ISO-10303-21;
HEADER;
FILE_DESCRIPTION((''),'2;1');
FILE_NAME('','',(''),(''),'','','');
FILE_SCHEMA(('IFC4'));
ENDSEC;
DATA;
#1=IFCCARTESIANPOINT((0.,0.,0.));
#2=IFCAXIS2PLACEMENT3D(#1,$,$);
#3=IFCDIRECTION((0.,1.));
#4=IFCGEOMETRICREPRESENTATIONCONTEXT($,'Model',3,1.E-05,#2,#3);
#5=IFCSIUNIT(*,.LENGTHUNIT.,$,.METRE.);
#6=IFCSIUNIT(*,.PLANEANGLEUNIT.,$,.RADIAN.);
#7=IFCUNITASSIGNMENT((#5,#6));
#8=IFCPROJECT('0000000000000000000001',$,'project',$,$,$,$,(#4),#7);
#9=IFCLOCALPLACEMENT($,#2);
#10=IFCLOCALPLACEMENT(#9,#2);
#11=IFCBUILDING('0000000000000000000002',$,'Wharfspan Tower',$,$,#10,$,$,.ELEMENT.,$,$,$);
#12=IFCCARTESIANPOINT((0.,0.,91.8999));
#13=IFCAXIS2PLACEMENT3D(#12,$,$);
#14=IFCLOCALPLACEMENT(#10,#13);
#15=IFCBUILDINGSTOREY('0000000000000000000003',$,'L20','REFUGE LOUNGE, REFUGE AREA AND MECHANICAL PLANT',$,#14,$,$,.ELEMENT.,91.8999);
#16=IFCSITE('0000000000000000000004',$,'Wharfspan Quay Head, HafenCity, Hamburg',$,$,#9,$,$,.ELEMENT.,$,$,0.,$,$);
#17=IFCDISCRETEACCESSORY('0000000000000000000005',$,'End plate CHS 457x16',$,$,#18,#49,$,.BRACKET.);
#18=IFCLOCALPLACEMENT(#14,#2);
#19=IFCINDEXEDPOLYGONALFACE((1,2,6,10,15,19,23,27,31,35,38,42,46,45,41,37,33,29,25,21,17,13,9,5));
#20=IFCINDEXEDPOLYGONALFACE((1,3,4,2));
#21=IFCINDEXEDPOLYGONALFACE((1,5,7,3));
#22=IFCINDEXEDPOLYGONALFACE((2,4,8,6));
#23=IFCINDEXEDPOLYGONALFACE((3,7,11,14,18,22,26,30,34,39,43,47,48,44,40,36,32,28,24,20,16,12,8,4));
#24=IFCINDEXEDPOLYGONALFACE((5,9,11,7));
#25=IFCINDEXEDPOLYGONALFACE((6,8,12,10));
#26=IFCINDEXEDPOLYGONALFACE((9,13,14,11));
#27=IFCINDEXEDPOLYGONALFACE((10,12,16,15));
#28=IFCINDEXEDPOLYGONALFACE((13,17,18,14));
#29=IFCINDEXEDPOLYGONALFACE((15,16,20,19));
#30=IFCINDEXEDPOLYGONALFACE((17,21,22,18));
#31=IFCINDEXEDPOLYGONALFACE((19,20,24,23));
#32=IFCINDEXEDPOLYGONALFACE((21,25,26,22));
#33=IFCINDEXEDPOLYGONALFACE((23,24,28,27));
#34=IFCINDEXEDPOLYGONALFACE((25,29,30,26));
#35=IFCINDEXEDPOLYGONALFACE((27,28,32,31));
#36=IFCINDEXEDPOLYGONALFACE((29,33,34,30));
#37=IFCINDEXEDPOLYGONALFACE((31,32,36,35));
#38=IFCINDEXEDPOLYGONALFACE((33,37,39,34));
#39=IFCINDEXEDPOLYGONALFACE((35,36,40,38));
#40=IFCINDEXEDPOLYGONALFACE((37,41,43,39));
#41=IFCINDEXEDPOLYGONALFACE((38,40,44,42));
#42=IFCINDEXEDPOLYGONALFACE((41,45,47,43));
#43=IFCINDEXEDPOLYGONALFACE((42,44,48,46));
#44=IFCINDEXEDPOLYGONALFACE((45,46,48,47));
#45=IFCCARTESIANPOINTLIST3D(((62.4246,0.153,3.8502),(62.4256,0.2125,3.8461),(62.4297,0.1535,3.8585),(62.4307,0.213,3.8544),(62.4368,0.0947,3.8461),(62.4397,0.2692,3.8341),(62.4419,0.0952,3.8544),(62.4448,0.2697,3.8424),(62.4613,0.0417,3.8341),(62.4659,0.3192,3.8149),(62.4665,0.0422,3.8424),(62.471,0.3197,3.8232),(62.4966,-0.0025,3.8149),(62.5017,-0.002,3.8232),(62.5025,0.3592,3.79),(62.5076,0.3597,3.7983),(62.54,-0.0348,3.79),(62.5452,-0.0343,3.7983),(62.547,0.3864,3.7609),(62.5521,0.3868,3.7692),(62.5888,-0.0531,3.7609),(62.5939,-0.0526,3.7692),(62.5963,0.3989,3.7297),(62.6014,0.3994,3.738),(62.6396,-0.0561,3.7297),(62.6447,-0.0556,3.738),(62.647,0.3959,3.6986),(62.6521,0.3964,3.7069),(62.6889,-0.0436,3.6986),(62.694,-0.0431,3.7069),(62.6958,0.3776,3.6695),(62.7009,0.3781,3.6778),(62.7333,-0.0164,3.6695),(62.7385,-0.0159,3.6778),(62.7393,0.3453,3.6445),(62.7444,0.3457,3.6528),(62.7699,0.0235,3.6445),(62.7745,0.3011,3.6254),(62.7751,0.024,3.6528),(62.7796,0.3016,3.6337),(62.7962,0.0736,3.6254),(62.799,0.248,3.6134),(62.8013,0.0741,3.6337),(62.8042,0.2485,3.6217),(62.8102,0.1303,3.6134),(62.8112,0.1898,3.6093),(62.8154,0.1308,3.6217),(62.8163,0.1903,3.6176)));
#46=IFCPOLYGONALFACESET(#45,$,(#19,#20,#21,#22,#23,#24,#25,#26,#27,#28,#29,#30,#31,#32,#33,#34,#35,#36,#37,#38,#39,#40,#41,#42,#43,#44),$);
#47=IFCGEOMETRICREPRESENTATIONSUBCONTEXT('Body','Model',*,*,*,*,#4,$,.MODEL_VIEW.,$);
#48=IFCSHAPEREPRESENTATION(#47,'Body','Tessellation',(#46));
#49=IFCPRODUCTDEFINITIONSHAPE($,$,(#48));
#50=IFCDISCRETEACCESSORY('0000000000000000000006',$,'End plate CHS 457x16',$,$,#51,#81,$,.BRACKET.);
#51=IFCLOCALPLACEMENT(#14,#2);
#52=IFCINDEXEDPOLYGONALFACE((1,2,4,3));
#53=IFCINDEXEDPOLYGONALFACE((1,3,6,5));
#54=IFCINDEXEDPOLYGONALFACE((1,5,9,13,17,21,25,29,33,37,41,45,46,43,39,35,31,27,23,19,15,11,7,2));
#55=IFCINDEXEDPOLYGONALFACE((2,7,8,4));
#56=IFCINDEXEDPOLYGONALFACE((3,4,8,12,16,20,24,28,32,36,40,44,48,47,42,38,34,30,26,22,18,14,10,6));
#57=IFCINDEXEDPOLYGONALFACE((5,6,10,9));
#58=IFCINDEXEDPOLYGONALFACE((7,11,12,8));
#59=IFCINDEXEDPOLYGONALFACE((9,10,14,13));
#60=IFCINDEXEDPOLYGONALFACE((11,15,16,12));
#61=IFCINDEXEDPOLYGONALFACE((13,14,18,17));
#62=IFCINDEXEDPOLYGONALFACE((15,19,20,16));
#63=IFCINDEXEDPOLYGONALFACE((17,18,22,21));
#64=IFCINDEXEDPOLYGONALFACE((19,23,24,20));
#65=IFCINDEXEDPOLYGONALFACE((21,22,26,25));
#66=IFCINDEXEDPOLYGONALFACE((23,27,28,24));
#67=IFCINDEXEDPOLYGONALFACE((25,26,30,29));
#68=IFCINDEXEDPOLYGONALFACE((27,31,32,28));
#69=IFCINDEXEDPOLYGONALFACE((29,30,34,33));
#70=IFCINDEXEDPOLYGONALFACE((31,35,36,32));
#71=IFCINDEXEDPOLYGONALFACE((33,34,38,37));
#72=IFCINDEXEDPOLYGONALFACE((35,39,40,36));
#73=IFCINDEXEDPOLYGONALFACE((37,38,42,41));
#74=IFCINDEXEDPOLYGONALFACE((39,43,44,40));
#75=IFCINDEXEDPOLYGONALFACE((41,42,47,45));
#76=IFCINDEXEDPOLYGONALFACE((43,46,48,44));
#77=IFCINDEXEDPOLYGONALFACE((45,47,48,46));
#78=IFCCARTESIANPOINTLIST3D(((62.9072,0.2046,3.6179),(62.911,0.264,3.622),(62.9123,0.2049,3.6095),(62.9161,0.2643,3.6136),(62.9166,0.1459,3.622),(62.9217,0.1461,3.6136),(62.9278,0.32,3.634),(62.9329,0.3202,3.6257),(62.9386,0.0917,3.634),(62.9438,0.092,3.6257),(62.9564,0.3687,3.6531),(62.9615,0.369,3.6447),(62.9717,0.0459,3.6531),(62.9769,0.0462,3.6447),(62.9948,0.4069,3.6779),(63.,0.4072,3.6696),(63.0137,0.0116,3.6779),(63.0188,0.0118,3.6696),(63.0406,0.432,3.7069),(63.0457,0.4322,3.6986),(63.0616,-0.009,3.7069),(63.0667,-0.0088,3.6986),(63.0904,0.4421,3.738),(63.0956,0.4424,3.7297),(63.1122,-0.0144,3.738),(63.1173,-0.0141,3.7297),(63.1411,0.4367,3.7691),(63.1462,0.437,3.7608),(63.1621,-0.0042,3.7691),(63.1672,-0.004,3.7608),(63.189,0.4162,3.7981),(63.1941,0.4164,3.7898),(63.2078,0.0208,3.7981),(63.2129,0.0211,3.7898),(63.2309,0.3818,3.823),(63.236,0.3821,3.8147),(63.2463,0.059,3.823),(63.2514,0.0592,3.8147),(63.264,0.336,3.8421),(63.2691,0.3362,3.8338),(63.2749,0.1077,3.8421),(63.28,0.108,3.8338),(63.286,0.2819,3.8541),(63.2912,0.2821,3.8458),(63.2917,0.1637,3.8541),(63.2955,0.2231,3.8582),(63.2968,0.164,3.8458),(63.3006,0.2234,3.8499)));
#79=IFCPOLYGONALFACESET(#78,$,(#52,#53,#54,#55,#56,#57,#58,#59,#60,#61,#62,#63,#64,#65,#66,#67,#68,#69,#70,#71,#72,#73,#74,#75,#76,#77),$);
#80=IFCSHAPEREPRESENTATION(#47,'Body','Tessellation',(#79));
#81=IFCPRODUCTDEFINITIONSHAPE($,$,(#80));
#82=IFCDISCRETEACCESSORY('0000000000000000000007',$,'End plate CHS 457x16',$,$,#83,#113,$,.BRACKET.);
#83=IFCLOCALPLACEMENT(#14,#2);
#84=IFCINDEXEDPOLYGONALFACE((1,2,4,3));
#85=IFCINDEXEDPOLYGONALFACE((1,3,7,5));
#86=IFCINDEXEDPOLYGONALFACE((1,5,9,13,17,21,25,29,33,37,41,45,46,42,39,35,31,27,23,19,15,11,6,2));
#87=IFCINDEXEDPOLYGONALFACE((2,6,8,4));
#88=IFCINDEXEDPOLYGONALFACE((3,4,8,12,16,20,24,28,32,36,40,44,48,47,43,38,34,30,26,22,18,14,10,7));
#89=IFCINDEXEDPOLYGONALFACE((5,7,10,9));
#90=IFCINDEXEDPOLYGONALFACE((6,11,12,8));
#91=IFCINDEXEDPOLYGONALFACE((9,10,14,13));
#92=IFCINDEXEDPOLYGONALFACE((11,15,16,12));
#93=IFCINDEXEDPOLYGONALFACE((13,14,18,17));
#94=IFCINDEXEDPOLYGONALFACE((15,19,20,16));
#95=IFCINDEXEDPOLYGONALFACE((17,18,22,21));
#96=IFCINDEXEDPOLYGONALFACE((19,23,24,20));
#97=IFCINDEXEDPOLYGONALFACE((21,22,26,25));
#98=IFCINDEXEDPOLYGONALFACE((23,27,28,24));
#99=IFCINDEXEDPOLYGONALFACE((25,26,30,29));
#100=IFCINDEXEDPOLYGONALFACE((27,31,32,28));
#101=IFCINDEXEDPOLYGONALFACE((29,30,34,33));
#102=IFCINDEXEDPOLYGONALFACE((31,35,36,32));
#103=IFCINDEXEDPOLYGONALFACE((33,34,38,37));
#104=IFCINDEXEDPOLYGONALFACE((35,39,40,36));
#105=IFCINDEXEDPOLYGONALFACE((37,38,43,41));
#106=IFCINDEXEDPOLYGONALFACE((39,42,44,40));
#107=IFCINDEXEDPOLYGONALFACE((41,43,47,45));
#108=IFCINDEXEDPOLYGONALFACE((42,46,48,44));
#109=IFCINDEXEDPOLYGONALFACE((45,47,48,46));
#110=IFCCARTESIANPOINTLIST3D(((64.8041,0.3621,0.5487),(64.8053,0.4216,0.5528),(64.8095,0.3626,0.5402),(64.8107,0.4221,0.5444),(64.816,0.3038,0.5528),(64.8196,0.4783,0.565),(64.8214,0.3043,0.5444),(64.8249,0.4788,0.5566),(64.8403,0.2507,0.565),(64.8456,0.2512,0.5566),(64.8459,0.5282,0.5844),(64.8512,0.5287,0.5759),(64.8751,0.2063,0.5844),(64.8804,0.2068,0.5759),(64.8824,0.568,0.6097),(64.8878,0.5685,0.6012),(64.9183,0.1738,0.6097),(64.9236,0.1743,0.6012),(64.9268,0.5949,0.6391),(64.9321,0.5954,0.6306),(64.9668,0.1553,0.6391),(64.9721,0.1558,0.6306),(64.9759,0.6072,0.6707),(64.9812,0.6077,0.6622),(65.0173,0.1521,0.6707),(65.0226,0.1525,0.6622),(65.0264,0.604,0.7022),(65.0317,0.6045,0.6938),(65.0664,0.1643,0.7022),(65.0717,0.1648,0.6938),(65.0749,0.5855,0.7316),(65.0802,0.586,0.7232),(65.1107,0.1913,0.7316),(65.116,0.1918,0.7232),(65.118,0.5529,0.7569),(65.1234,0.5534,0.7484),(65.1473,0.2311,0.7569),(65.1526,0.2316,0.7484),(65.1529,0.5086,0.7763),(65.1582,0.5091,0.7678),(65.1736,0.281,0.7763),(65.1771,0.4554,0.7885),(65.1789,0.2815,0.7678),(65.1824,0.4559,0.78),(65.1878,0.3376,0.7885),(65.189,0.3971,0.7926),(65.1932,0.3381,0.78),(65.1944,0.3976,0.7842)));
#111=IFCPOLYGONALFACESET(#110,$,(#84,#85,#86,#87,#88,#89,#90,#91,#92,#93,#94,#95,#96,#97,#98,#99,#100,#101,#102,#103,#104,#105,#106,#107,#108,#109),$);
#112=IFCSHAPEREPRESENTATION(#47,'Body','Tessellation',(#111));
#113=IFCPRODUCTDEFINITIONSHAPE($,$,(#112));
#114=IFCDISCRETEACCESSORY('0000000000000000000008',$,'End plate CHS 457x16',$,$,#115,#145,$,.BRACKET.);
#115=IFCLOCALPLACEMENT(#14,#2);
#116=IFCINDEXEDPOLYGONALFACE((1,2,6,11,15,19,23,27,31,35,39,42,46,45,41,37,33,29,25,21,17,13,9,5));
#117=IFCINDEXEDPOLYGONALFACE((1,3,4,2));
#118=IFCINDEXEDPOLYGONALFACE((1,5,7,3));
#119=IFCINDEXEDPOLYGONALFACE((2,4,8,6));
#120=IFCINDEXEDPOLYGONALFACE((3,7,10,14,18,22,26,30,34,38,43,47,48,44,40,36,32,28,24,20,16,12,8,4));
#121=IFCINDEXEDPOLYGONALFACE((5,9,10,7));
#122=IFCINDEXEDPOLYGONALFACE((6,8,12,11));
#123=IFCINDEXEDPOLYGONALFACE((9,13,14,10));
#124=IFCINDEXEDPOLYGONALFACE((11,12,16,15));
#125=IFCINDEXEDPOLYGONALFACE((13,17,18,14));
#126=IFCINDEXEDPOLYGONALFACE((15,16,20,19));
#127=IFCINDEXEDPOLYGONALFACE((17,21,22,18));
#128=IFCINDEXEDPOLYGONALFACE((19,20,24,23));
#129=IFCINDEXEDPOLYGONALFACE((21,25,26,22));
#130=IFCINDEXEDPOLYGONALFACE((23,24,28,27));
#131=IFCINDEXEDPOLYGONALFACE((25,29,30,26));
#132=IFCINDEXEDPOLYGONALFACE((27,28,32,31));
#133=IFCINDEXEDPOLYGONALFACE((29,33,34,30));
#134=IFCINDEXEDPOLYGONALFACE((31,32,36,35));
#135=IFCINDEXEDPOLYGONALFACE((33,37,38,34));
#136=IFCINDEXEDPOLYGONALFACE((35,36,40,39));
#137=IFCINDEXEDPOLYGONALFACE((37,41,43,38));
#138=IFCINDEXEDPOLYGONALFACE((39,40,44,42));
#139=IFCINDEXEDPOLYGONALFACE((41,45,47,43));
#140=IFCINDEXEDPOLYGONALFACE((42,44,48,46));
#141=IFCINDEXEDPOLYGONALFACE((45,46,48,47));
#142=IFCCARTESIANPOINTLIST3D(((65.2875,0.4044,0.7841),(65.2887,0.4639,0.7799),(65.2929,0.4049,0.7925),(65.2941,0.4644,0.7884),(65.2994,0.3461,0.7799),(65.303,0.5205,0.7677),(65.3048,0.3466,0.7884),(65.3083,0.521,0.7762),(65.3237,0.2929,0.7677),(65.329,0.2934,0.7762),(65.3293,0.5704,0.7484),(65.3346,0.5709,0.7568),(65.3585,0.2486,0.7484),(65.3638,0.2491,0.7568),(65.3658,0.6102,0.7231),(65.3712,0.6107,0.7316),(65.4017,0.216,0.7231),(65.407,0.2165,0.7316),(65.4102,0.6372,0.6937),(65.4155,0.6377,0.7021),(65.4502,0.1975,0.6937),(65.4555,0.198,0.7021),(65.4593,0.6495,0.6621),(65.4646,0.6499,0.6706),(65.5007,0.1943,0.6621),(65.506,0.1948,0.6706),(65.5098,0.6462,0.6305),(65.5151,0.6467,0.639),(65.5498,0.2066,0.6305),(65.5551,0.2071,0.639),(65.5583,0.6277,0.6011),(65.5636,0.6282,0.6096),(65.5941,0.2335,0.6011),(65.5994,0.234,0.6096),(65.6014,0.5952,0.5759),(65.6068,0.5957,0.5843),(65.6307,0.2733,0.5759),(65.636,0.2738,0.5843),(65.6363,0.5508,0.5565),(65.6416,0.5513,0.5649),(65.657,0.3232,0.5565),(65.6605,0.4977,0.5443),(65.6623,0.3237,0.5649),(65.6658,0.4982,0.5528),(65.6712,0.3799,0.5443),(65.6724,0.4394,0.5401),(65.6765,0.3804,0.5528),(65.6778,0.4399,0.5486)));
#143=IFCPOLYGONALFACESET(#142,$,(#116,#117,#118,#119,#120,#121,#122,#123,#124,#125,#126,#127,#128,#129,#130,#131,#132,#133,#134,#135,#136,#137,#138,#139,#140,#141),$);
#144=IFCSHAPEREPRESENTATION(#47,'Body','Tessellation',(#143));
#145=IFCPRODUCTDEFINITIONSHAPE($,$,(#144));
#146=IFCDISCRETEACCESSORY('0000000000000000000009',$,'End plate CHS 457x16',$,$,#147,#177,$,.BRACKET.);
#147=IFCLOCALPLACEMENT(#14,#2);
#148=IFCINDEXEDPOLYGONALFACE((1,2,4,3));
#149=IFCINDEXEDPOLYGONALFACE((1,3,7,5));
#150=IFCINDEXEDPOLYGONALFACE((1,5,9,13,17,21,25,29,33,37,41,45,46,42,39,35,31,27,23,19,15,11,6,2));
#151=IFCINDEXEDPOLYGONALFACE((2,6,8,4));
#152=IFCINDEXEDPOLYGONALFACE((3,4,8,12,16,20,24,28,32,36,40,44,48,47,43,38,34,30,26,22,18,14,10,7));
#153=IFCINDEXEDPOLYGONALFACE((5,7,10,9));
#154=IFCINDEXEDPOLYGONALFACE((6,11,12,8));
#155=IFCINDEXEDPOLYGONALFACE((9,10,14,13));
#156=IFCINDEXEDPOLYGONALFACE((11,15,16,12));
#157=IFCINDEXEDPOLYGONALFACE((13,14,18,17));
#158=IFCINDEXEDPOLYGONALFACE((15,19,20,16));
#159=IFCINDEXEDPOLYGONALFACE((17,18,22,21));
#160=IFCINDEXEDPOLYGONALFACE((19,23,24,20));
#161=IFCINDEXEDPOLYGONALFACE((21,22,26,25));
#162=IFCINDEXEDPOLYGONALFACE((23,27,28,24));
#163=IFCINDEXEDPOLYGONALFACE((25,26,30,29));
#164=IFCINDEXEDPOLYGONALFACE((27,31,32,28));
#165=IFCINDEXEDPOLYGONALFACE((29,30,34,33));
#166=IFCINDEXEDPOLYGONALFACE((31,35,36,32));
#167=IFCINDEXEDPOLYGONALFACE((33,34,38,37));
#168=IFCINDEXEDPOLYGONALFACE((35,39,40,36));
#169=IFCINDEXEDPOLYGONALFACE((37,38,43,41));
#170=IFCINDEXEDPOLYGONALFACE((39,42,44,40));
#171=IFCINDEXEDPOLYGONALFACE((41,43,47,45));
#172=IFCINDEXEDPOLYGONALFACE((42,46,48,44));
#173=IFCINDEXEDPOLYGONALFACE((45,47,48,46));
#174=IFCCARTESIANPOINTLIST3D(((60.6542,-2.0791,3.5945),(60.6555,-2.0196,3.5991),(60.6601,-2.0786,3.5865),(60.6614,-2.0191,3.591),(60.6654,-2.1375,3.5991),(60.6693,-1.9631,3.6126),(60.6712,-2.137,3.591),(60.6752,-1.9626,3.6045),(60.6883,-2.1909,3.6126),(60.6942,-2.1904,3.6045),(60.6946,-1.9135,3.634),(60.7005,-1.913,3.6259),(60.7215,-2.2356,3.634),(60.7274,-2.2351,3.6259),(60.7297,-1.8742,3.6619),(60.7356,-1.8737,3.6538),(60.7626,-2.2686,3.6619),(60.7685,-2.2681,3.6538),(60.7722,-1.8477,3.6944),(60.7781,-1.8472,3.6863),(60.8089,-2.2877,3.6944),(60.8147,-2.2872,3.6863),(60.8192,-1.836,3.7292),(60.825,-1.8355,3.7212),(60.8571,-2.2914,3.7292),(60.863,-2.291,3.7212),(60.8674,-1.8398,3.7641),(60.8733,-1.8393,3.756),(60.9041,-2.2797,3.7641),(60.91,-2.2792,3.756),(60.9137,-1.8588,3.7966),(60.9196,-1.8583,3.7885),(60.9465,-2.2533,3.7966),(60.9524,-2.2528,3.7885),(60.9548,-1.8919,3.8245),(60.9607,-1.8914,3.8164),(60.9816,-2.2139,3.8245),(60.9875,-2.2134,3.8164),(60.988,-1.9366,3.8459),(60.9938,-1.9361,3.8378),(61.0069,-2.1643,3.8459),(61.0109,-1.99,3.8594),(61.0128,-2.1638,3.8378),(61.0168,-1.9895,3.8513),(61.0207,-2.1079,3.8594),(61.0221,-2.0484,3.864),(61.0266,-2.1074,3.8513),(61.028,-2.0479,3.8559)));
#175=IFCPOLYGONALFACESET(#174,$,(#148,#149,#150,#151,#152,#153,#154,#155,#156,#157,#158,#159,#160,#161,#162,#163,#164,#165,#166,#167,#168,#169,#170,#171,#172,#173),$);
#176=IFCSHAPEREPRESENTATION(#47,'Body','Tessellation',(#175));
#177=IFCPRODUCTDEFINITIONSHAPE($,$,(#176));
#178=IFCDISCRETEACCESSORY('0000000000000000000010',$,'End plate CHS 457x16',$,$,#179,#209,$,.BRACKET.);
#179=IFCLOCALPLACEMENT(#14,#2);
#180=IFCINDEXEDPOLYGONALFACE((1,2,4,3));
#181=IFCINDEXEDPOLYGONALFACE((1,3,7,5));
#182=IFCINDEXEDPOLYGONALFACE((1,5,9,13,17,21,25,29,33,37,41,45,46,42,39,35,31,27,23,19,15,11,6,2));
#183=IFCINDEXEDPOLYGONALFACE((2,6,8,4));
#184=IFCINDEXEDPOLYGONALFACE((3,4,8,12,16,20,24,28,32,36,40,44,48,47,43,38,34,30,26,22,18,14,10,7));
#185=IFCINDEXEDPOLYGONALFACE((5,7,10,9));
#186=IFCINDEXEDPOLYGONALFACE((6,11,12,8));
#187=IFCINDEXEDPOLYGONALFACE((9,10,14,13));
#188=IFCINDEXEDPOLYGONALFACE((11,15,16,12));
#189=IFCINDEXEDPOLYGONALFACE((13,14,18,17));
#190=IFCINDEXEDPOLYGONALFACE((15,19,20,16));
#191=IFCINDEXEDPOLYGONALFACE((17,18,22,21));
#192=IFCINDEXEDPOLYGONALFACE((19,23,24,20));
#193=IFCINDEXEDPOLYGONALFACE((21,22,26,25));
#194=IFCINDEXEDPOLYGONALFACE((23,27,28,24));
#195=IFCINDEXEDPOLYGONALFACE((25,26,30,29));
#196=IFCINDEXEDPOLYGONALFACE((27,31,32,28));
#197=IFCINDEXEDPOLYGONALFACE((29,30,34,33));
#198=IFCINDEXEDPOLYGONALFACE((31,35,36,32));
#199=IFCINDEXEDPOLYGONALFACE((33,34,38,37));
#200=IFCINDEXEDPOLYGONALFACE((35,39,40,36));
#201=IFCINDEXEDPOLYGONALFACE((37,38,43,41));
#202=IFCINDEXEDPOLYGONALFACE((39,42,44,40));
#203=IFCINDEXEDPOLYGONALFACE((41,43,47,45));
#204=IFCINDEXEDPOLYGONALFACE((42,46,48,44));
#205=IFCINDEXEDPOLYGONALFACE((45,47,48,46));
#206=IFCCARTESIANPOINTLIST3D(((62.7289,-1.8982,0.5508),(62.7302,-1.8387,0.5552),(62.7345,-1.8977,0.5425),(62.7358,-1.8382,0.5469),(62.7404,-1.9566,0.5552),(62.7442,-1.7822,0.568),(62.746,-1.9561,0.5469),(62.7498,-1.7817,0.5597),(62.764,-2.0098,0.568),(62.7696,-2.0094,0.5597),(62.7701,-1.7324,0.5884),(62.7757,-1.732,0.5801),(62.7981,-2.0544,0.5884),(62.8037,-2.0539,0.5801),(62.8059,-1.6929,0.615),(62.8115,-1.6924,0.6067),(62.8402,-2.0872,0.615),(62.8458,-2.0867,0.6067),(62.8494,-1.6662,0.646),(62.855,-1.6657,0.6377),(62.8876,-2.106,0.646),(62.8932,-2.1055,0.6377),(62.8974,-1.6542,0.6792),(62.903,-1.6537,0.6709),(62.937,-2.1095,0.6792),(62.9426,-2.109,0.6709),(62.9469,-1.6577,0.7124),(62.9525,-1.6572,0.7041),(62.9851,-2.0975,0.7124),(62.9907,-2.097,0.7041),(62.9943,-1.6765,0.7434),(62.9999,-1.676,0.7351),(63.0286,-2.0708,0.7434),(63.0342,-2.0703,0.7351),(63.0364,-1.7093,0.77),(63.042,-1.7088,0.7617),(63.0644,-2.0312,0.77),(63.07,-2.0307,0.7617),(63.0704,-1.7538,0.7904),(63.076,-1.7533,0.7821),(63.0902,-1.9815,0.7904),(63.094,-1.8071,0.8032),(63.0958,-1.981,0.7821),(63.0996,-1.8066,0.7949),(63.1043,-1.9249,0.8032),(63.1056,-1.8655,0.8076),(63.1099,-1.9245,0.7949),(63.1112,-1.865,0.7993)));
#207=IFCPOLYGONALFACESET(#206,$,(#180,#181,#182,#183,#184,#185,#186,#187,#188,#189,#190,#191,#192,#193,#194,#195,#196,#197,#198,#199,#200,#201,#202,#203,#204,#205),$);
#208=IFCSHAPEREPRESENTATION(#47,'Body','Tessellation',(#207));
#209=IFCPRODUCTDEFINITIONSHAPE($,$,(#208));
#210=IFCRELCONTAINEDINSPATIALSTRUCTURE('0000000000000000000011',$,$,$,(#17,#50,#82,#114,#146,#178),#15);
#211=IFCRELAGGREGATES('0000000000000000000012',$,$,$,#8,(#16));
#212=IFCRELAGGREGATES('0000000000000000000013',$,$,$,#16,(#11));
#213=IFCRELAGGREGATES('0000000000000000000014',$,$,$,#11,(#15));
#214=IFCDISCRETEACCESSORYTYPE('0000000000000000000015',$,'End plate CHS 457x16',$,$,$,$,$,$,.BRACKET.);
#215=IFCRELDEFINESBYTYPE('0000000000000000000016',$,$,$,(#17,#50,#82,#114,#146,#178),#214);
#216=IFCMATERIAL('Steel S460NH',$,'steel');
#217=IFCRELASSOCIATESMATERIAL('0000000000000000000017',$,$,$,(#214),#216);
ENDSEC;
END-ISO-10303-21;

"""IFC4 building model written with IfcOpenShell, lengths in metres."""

from ifc_helpers import new_model, si_unit, direction, frame, origin, origin_2d, place, context, subcontext, project, spatial, circle, extrude, material, material_profile, profile_set, type_object, element, save


model = new_model("IFC4")

# Units and contexts
model_context = context("Model", 3, precision=1e-05, world=origin(), true_north=direction((0.0, 1.0)))
body_context = subcontext(model_context, "Body", "Model", "MODEL_VIEW")
ifc_project = project(units=[si_unit("LENGTHUNIT", "METRE"), si_unit("PLANEANGLEUNIT", "RADIAN")], contexts=[model_context])

# Site, building, storey
site_placement = place(None, origin())
site = spatial("IfcSite", under=ifc_project, at=site_placement, Name="Wharfspan Quay Head, HafenCity, Hamburg", CompositionType="ELEMENT", RefElevation=0.0)
building_placement = place(site_placement, origin())
building = spatial("IfcBuilding", under=site, at=building_placement, Name="Wharfspan Tower", CompositionType="ELEMENT")
storey_placement = place(building_placement, frame((0.0, 0.0, 91.8999)))
storey = spatial("IfcBuildingStorey", under=building, at=storey_placement, Name="L20", Description="REFUGE LOUNGE, REFUGE AREA AND MECHANICAL PLANT", CompositionType="ELEMENT", Elevation=91.8999)

# Shared definitions
ifc_material_1 = material(Name="Steel S460NH", Category="steel")

# Discrete accessories
ifc_material_profile_1 = material_profile(ifc_material_1, circle(Radius=0.2285, at=origin_2d()))
ifc_profile_set_1 = profile_set([ifc_material_profile_1], Name="Steel S460NH")
discrete_accessory_type = type_object("IfcDiscreteAccessoryType", Name="End plate CHS 457x16", PredefinedType="BRACKET", material=ifc_profile_set_1)
for number, where, z_axis, x_axis, name in (
    (1, (62.6179, 0.1714, 3.7297), (0.524836, 0.049984, 0.849734), (-0.094807, 0.995498, -0.000001), "End plate CHS 457x16"),
    (2, (63.1013, 0.2139, 3.738), (0.525328, 0.025016, -0.850532), (-0.047566, 0.998871, 0.0), "End plate CHS 457x16"),
):
    element("IfcDiscreteAccessory", number, at=place(storey_placement, frame(where, z_axis=z_axis, x_axis=x_axis)), inside=storey, type_object=discrete_accessory_type, Name=name, PredefinedType="BRACKET", context=body_context, shape_type="SweptSolid", body=[
        extrude(circle(Radius=0.2285, at=origin_2d()), origin(), (0.0, 0.0, 1.0), 0.0098),
    ])
for number, where, z_axis, x_axis, name in (
    (3, (64.9966, 0.3796, 0.6707), (0.53155, 0.048323, -0.845647), (-0.090535, 0.995897, 0.000001), "End plate CHS 457x16"),
    (4, (65.48, 0.4219, 0.6621), (0.53155, 0.048323, 0.845647), (-0.090535, 0.995897, -0.000001), "End plate CHS 457x16"),
    (5, (60.8381, -2.0637, 3.7292), (0.587466, 0.048956, -0.807766), (-0.083046, 0.996542, 0.0), "End plate CHS 457x16"),
    (6, (62.9172, -1.8818, 0.6792), (0.559645, 0.048665, -0.827302), (-0.086627, 0.99624, 0.000002), "End plate CHS 457x16"),
):
    element("IfcDiscreteAccessory", number, at=place(storey_placement, frame(where, z_axis=z_axis, x_axis=x_axis)), inside=storey, type_object=discrete_accessory_type, Name=name, PredefinedType="BRACKET", context=body_context, shape_type="SweptSolid", body=[
        extrude(circle(Radius=0.2285, at=origin_2d()), origin(), (0.0, 0.0, 1.0), 0.01),
    ])

save(model, "model.ifc")
